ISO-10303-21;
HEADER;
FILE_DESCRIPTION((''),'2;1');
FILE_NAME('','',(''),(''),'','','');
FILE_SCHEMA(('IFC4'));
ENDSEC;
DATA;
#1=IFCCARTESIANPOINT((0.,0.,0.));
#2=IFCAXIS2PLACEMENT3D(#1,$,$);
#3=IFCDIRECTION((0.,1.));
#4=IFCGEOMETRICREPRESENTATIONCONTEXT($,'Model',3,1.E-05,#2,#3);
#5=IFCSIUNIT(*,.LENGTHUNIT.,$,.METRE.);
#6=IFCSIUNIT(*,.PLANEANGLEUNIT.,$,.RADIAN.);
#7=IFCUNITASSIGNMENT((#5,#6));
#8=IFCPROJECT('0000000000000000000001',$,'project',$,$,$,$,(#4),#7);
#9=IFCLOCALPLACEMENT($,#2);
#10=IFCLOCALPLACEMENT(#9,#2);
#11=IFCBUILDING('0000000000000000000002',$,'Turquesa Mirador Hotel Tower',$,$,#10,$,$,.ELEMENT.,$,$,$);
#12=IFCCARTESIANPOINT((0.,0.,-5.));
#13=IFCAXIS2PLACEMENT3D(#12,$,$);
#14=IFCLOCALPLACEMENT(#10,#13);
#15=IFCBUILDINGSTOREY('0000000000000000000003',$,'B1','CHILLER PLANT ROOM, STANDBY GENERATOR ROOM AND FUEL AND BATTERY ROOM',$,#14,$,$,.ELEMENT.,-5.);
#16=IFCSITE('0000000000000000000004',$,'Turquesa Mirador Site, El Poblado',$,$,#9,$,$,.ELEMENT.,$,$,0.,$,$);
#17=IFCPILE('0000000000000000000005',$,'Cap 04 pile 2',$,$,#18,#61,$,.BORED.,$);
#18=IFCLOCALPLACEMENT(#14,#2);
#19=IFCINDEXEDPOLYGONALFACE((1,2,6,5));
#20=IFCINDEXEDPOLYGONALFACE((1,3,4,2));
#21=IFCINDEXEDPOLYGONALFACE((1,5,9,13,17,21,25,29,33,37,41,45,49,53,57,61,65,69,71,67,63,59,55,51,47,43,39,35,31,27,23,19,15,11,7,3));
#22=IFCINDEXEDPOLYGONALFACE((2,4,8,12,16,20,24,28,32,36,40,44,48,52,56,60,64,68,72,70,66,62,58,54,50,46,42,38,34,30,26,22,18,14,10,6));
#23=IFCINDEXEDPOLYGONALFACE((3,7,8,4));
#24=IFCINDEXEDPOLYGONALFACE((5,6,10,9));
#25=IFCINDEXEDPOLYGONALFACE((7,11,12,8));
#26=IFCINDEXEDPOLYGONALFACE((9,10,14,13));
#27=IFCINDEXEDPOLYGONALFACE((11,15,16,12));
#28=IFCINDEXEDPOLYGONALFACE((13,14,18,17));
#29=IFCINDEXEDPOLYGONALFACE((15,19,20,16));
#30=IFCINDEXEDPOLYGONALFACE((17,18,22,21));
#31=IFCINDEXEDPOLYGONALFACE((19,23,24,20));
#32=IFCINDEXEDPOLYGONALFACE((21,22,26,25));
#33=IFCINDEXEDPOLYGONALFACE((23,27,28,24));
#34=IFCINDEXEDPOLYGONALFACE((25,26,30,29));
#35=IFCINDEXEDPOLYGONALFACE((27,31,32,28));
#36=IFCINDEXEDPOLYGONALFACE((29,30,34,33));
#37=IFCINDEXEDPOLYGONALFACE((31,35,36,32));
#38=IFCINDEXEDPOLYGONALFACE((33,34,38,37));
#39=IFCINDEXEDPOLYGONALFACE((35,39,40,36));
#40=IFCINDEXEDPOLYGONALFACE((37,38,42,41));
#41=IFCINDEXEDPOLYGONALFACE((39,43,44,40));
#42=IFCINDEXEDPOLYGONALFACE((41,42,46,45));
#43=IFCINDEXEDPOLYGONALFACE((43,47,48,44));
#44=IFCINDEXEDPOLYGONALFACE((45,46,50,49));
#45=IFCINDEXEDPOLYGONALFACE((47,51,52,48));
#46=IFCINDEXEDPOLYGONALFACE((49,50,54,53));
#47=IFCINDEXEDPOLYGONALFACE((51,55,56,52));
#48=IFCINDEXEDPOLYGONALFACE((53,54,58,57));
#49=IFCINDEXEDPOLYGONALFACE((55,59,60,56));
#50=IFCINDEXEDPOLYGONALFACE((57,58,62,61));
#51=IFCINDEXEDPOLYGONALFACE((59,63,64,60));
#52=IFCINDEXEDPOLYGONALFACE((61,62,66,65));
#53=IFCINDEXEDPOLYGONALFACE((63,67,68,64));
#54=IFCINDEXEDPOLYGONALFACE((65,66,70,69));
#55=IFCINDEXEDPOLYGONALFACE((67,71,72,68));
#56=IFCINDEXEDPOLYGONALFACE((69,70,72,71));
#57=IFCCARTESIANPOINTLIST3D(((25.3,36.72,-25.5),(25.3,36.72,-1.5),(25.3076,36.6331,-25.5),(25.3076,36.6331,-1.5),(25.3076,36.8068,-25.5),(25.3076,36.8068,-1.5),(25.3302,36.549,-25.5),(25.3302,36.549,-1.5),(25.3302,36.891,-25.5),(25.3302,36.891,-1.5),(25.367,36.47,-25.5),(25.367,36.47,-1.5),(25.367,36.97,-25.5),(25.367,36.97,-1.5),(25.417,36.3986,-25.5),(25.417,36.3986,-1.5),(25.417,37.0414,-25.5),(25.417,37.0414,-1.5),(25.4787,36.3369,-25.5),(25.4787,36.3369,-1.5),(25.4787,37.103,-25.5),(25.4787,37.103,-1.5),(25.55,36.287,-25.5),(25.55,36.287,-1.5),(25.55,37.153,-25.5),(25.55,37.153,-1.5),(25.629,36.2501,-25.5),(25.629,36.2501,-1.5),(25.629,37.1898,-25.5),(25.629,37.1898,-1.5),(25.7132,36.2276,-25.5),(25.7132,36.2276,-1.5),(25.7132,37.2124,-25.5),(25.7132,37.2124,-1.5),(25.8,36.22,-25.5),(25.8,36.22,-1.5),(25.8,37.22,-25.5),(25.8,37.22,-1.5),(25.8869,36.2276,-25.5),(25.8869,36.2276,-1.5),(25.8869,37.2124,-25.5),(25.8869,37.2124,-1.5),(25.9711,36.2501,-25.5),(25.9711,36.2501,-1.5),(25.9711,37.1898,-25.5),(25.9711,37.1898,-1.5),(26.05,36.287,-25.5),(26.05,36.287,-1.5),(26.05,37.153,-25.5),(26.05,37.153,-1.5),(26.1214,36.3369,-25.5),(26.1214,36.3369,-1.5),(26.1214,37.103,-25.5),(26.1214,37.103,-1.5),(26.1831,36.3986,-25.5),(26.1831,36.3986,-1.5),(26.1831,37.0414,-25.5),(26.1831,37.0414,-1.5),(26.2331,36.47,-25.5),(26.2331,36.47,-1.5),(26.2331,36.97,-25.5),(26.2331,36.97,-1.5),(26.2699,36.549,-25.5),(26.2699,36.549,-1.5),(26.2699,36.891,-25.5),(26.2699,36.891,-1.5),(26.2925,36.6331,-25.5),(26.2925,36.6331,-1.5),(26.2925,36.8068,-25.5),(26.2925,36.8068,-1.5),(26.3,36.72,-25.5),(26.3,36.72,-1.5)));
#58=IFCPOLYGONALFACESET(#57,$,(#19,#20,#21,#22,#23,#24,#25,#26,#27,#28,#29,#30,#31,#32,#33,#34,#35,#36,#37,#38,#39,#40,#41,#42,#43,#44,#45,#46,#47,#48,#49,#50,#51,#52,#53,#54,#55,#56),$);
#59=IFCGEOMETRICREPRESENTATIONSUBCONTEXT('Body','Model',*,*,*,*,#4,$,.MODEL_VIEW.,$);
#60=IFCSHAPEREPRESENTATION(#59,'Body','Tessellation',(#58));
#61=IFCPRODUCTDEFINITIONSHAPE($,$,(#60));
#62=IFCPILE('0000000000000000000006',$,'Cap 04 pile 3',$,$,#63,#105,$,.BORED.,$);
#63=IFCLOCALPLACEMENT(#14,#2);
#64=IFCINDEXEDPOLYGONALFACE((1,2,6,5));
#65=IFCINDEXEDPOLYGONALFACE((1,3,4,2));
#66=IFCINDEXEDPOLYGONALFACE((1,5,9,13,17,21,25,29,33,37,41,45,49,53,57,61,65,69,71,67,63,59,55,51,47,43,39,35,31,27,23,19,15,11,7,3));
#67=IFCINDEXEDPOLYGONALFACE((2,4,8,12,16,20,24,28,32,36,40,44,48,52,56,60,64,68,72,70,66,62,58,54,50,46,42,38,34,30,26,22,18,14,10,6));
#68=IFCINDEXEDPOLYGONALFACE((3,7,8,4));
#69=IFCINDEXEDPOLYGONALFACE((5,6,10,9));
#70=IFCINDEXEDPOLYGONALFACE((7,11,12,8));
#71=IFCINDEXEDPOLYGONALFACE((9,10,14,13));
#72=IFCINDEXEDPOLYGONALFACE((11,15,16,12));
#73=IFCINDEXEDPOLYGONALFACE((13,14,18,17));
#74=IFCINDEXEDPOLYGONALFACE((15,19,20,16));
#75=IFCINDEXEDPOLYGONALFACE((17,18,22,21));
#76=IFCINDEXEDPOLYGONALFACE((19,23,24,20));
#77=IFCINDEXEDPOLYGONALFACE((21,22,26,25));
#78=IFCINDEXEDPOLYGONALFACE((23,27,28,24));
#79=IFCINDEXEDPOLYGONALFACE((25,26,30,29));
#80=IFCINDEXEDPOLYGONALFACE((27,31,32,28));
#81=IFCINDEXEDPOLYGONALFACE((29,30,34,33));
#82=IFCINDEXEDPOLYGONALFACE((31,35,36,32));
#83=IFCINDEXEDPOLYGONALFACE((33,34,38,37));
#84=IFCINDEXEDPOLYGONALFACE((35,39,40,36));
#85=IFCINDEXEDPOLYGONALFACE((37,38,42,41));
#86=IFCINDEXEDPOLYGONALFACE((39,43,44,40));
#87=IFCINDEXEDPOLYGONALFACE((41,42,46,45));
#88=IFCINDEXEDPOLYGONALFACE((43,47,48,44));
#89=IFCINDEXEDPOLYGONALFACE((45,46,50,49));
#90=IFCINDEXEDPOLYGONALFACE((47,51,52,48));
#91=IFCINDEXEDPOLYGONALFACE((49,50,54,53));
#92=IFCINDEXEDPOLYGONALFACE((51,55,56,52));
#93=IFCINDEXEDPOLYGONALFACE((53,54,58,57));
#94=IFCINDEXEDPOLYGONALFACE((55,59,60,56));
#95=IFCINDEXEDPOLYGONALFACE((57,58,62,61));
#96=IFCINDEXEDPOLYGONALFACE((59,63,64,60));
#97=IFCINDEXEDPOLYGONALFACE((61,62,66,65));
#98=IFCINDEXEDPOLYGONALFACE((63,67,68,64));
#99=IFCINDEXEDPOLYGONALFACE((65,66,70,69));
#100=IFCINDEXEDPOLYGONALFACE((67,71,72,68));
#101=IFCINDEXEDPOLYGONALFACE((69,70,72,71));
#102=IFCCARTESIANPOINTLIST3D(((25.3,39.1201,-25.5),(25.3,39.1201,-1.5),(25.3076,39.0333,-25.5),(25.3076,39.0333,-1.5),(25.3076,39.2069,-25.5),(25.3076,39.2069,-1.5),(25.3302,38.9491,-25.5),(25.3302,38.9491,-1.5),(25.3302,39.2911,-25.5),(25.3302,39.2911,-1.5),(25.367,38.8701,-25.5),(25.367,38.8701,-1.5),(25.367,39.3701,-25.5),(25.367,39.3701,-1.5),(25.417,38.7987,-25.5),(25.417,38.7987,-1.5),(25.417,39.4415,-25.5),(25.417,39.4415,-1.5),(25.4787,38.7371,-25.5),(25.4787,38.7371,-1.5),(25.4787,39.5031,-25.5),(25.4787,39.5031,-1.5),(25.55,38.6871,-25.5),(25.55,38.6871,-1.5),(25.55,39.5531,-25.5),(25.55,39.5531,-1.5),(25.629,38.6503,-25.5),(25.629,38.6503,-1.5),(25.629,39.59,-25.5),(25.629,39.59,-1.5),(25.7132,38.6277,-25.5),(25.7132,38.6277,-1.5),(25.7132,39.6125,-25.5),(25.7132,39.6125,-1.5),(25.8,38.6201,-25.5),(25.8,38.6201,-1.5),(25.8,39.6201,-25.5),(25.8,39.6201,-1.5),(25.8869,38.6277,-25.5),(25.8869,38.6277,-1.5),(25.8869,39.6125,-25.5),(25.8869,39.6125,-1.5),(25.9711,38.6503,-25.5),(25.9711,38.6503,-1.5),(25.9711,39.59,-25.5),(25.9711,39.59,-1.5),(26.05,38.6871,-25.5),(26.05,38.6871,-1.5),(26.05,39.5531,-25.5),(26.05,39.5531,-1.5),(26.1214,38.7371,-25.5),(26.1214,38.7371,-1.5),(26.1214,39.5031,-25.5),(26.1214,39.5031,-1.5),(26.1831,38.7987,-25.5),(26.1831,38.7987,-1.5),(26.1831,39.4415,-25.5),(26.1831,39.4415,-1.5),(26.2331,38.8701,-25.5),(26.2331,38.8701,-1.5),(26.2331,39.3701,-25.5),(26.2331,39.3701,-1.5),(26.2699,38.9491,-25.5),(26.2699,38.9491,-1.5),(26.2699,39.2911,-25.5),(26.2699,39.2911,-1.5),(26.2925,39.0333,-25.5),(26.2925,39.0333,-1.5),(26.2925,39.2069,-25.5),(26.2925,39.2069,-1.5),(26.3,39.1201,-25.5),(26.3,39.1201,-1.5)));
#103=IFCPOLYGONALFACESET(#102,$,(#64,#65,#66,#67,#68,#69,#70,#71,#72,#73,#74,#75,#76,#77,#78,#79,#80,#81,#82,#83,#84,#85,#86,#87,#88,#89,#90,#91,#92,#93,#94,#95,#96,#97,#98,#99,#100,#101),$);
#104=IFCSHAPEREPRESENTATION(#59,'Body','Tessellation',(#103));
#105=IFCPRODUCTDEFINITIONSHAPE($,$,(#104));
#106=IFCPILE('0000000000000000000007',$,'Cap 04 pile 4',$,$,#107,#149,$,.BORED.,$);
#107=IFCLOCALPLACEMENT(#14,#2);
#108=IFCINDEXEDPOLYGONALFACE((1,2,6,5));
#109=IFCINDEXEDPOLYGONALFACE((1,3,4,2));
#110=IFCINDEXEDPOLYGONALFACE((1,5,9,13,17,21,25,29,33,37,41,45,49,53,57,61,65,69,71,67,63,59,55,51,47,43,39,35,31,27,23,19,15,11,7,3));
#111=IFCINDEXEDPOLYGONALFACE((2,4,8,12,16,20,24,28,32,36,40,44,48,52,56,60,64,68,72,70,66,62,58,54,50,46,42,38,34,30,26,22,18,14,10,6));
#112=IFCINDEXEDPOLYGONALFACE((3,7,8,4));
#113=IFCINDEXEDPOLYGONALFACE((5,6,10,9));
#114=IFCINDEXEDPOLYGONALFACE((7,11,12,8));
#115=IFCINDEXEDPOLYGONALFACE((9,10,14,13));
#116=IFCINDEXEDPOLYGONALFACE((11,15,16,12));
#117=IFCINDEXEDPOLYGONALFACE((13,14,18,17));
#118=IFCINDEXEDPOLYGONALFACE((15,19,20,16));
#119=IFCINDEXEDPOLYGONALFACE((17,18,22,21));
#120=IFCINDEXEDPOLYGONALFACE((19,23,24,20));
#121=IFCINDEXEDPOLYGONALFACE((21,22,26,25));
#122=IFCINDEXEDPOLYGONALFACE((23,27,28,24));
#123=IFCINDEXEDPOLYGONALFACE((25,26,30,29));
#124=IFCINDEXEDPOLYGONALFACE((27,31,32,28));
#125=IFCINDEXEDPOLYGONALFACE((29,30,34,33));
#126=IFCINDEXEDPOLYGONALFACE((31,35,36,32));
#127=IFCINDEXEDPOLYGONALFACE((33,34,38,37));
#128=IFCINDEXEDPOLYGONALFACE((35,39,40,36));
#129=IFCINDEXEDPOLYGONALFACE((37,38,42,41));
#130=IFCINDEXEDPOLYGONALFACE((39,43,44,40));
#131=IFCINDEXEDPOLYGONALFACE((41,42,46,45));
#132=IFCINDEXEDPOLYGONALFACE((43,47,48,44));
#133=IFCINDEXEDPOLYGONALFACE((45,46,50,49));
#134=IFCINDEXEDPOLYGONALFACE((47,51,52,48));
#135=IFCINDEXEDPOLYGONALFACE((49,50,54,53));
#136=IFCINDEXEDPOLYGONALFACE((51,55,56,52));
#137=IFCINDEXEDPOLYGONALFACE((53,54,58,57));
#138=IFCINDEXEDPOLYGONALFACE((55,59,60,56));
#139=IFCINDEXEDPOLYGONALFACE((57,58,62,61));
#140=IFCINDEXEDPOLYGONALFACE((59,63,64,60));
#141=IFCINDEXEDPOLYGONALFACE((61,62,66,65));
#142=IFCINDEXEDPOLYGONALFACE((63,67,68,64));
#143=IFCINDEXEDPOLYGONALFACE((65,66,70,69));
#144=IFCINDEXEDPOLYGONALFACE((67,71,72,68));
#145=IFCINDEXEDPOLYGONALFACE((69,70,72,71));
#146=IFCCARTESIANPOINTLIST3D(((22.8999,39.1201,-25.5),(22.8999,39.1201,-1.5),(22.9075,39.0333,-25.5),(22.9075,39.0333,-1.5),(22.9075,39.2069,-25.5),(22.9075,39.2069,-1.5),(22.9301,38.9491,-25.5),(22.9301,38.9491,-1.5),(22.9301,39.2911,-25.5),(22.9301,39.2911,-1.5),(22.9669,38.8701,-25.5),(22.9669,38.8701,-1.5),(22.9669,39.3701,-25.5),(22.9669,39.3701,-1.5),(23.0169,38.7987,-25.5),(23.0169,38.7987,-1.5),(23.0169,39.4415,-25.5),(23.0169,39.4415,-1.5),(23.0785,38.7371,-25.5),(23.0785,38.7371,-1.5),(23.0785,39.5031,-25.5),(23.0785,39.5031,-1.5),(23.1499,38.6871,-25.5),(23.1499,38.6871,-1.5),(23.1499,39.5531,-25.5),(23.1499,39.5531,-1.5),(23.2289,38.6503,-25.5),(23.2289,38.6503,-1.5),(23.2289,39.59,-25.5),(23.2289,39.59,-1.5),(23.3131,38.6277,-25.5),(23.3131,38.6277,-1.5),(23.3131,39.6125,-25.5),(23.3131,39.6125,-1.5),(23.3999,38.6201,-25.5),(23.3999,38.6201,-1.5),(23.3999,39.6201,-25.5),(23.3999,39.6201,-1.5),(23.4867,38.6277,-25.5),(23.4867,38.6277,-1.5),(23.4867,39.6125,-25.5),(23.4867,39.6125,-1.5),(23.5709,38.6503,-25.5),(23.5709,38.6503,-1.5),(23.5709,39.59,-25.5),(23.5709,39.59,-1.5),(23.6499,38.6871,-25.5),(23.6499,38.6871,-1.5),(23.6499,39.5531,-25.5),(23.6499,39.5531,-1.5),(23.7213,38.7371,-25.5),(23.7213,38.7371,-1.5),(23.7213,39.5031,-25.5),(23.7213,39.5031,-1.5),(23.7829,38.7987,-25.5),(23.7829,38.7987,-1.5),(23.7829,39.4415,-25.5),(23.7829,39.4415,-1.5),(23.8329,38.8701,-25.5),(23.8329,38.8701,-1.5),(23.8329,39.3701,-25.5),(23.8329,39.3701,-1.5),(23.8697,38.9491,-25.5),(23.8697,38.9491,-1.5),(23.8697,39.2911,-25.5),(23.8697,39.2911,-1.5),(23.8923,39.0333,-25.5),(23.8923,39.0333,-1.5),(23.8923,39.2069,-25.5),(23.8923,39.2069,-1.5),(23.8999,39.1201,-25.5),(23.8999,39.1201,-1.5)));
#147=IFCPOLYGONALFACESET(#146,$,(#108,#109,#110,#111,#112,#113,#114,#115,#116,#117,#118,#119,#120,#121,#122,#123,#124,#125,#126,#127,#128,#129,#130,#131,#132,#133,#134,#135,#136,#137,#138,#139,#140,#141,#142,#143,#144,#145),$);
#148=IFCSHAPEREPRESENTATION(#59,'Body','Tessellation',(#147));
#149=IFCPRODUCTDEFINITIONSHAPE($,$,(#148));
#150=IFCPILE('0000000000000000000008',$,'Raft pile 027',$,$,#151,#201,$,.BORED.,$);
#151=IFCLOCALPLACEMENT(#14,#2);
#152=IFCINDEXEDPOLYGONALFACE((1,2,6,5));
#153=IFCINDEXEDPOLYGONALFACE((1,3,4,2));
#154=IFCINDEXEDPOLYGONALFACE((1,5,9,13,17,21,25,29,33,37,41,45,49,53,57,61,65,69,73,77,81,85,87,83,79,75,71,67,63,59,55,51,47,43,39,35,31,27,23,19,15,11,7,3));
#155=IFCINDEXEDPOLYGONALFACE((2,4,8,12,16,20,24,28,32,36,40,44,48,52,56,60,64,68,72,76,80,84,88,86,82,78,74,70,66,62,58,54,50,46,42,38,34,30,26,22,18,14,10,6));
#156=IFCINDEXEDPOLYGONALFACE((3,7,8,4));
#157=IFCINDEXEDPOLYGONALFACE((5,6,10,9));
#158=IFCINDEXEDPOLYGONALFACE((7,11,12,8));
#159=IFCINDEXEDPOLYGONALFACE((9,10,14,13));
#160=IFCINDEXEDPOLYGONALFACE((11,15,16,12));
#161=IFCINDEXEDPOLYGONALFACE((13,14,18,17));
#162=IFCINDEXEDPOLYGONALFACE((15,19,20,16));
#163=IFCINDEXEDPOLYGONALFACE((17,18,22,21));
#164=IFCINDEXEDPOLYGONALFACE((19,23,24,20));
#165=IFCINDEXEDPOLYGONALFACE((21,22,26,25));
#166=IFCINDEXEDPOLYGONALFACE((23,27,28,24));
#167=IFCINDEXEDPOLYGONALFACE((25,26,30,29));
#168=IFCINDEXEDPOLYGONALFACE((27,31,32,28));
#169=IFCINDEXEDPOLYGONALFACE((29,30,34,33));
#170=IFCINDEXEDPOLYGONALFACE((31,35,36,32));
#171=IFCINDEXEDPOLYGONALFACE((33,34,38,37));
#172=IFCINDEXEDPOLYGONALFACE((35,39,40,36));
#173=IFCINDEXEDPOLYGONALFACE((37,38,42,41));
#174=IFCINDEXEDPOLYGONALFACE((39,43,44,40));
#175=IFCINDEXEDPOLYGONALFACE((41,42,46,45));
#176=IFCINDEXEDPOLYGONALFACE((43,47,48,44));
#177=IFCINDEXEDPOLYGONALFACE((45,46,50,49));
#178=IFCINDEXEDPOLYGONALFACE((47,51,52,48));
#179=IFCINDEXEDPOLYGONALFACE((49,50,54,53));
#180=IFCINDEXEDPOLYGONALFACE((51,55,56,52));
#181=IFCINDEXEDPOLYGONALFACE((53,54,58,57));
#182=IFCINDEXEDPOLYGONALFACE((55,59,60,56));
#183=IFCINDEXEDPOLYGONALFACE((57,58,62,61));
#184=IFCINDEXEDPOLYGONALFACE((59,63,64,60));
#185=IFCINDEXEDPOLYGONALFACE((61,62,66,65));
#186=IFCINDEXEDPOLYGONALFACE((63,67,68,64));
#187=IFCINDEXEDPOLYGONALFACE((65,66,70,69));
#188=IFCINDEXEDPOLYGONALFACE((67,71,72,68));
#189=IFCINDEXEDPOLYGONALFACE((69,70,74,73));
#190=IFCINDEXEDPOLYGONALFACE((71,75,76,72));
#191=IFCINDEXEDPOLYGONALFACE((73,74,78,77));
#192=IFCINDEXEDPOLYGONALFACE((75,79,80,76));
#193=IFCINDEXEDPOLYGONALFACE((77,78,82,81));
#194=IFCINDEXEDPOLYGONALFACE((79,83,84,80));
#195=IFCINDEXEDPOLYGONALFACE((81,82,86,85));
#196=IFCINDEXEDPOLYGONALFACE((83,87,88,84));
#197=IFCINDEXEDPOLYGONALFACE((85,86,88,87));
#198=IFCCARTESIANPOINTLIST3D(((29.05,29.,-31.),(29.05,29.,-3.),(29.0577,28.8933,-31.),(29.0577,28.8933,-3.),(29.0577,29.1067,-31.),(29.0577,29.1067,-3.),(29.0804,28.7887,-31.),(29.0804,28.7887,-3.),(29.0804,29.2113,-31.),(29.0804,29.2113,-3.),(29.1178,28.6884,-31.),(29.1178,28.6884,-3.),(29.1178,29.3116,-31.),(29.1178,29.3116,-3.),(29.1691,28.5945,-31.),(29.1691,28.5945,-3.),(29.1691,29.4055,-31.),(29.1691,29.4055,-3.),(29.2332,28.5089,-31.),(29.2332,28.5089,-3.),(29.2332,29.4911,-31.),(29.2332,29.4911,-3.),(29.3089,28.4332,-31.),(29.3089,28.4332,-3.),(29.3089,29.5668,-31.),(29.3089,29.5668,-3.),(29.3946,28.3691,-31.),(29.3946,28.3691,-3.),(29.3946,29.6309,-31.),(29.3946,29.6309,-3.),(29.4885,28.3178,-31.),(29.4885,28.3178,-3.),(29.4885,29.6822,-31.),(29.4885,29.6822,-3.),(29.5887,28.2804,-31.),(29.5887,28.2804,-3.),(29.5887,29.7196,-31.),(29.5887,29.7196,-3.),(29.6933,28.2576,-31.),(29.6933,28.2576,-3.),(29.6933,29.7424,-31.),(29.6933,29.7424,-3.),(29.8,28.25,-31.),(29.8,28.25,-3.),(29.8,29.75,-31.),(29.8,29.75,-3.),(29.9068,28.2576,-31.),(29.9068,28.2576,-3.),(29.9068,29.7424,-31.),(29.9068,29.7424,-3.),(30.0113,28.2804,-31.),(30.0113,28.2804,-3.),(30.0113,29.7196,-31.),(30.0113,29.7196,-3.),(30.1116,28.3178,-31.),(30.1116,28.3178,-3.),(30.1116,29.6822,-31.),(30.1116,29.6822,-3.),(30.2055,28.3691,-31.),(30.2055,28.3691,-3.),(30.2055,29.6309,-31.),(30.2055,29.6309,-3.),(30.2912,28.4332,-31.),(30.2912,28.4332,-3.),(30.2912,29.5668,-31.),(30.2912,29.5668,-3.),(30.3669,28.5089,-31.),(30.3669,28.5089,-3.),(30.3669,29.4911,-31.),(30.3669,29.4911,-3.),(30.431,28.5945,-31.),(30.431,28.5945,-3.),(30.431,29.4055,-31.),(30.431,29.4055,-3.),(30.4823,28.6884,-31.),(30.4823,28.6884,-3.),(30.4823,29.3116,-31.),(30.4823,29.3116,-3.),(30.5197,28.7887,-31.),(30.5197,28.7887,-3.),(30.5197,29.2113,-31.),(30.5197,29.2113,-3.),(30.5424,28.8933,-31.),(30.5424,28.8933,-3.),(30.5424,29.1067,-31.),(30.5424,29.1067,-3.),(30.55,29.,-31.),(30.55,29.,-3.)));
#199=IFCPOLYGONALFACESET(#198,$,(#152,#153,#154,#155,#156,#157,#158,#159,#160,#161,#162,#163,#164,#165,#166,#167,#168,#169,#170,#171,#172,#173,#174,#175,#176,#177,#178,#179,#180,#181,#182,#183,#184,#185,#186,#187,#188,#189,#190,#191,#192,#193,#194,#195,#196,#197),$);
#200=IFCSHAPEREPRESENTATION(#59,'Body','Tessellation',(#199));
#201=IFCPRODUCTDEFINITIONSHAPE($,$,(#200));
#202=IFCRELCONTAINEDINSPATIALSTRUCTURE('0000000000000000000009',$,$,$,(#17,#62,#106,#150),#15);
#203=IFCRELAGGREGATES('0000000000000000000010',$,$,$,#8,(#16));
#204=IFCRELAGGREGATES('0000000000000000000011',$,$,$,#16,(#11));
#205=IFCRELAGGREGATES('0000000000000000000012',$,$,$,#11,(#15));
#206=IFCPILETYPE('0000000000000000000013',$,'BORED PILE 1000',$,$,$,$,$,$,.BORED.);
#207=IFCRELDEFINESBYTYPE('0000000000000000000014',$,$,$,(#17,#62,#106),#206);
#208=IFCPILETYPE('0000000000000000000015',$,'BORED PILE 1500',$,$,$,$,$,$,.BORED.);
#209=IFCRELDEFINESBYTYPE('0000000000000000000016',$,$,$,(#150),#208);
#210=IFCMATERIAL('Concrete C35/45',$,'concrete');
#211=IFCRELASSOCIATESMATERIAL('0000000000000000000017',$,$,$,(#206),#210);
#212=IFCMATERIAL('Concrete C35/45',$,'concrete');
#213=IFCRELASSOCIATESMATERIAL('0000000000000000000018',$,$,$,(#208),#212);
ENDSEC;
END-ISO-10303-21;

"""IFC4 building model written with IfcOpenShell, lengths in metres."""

from ifc_helpers import new_model, si_unit, direction, frame, origin, origin_2d, place, context, subcontext, project, spatial, circle, extrude, material, type_object, element, save


model = new_model("IFC4")

# Units and contexts
model_context = context("Model", 3, precision=1e-05, world=origin(), true_north=direction((0.0, 1.0)))
body_context = subcontext(model_context, "Body", "Model", "MODEL_VIEW")
ifc_project = project(units=[si_unit("LENGTHUNIT", "METRE"), si_unit("PLANEANGLEUNIT", "RADIAN")], contexts=[model_context])

# Site, building, storey
site_placement = place(None, origin())
site = spatial("IfcSite", under=ifc_project, at=site_placement, Name="Turquesa Mirador Site, El Poblado", CompositionType="ELEMENT", RefElevation=0.0)
building_placement = place(site_placement, origin())
building = spatial("IfcBuilding", under=site, at=building_placement, Name="Turquesa Mirador Hotel Tower", CompositionType="ELEMENT")
storey_placement = place(building_placement, frame((0.0, 0.0, -5.0)))
storey = spatial("IfcBuildingStorey", under=building, at=storey_placement, Name="B1", Description="CHILLER PLANT ROOM, STANDBY GENERATOR ROOM AND FUEL AND BATTERY ROOM", CompositionType="ELEMENT", Elevation=-5.0)

# Piles
ifc_material_1 = material(Name="Concrete C35/45", Category="concrete")
pile_type_1 = type_object("IfcPileType", Name="BORED PILE 1000", PredefinedType="BORED", material=ifc_material_1)
for number, where, z_axis, x_axis, name in (
    (1, (25.8, 36.72, -1.5), (0.0, 0.0, -1.0), (1.0, 0.0, 0.0), "Cap 04 pile 2"),
    (2, (25.8, 39.1201, -1.5), (0.0, 0.0, -1.0), (1.0, 0.0, 0.0), "Cap 04 pile 3"),
    (3, (23.3999, 39.1201, -1.5), (0.0, 0.0, -1.0), (1.0, 0.0, 0.0), "Cap 04 pile 4"),
):
    element("IfcPile", number, at=place(storey_placement, frame(where, z_axis=z_axis, x_axis=x_axis)), inside=storey, type_object=pile_type_1, Name=name, PredefinedType="BORED", context=body_context, shape_type="SweptSolid", body=[
        extrude(circle(Radius=0.5, at=origin_2d()), origin(), (0.0, 0.0, 1.0), 24.0),
    ])
ifc_material_2 = material(Name="Concrete C35/45", Category="concrete")
pile_type_2 = type_object("IfcPileType", Name="BORED PILE 1500", PredefinedType="BORED", material=ifc_material_2)
for number, where, z_axis, x_axis, name in (
    (4, (29.8, 29.0, -3.0), (0.0, 0.0, -1.0), (1.0, 0.0, 0.0), "Raft pile 027"),
):
    element("IfcPile", number, at=place(storey_placement, frame(where, z_axis=z_axis, x_axis=x_axis)), inside=storey, type_object=pile_type_2, Name=name, PredefinedType="BORED", context=body_context, shape_type="SweptSolid", body=[
        extrude(circle(Radius=0.75, at=origin_2d()), origin(), (0.0, 0.0, 1.0), 28.0),
    ])

save(model, "model.ifc")
